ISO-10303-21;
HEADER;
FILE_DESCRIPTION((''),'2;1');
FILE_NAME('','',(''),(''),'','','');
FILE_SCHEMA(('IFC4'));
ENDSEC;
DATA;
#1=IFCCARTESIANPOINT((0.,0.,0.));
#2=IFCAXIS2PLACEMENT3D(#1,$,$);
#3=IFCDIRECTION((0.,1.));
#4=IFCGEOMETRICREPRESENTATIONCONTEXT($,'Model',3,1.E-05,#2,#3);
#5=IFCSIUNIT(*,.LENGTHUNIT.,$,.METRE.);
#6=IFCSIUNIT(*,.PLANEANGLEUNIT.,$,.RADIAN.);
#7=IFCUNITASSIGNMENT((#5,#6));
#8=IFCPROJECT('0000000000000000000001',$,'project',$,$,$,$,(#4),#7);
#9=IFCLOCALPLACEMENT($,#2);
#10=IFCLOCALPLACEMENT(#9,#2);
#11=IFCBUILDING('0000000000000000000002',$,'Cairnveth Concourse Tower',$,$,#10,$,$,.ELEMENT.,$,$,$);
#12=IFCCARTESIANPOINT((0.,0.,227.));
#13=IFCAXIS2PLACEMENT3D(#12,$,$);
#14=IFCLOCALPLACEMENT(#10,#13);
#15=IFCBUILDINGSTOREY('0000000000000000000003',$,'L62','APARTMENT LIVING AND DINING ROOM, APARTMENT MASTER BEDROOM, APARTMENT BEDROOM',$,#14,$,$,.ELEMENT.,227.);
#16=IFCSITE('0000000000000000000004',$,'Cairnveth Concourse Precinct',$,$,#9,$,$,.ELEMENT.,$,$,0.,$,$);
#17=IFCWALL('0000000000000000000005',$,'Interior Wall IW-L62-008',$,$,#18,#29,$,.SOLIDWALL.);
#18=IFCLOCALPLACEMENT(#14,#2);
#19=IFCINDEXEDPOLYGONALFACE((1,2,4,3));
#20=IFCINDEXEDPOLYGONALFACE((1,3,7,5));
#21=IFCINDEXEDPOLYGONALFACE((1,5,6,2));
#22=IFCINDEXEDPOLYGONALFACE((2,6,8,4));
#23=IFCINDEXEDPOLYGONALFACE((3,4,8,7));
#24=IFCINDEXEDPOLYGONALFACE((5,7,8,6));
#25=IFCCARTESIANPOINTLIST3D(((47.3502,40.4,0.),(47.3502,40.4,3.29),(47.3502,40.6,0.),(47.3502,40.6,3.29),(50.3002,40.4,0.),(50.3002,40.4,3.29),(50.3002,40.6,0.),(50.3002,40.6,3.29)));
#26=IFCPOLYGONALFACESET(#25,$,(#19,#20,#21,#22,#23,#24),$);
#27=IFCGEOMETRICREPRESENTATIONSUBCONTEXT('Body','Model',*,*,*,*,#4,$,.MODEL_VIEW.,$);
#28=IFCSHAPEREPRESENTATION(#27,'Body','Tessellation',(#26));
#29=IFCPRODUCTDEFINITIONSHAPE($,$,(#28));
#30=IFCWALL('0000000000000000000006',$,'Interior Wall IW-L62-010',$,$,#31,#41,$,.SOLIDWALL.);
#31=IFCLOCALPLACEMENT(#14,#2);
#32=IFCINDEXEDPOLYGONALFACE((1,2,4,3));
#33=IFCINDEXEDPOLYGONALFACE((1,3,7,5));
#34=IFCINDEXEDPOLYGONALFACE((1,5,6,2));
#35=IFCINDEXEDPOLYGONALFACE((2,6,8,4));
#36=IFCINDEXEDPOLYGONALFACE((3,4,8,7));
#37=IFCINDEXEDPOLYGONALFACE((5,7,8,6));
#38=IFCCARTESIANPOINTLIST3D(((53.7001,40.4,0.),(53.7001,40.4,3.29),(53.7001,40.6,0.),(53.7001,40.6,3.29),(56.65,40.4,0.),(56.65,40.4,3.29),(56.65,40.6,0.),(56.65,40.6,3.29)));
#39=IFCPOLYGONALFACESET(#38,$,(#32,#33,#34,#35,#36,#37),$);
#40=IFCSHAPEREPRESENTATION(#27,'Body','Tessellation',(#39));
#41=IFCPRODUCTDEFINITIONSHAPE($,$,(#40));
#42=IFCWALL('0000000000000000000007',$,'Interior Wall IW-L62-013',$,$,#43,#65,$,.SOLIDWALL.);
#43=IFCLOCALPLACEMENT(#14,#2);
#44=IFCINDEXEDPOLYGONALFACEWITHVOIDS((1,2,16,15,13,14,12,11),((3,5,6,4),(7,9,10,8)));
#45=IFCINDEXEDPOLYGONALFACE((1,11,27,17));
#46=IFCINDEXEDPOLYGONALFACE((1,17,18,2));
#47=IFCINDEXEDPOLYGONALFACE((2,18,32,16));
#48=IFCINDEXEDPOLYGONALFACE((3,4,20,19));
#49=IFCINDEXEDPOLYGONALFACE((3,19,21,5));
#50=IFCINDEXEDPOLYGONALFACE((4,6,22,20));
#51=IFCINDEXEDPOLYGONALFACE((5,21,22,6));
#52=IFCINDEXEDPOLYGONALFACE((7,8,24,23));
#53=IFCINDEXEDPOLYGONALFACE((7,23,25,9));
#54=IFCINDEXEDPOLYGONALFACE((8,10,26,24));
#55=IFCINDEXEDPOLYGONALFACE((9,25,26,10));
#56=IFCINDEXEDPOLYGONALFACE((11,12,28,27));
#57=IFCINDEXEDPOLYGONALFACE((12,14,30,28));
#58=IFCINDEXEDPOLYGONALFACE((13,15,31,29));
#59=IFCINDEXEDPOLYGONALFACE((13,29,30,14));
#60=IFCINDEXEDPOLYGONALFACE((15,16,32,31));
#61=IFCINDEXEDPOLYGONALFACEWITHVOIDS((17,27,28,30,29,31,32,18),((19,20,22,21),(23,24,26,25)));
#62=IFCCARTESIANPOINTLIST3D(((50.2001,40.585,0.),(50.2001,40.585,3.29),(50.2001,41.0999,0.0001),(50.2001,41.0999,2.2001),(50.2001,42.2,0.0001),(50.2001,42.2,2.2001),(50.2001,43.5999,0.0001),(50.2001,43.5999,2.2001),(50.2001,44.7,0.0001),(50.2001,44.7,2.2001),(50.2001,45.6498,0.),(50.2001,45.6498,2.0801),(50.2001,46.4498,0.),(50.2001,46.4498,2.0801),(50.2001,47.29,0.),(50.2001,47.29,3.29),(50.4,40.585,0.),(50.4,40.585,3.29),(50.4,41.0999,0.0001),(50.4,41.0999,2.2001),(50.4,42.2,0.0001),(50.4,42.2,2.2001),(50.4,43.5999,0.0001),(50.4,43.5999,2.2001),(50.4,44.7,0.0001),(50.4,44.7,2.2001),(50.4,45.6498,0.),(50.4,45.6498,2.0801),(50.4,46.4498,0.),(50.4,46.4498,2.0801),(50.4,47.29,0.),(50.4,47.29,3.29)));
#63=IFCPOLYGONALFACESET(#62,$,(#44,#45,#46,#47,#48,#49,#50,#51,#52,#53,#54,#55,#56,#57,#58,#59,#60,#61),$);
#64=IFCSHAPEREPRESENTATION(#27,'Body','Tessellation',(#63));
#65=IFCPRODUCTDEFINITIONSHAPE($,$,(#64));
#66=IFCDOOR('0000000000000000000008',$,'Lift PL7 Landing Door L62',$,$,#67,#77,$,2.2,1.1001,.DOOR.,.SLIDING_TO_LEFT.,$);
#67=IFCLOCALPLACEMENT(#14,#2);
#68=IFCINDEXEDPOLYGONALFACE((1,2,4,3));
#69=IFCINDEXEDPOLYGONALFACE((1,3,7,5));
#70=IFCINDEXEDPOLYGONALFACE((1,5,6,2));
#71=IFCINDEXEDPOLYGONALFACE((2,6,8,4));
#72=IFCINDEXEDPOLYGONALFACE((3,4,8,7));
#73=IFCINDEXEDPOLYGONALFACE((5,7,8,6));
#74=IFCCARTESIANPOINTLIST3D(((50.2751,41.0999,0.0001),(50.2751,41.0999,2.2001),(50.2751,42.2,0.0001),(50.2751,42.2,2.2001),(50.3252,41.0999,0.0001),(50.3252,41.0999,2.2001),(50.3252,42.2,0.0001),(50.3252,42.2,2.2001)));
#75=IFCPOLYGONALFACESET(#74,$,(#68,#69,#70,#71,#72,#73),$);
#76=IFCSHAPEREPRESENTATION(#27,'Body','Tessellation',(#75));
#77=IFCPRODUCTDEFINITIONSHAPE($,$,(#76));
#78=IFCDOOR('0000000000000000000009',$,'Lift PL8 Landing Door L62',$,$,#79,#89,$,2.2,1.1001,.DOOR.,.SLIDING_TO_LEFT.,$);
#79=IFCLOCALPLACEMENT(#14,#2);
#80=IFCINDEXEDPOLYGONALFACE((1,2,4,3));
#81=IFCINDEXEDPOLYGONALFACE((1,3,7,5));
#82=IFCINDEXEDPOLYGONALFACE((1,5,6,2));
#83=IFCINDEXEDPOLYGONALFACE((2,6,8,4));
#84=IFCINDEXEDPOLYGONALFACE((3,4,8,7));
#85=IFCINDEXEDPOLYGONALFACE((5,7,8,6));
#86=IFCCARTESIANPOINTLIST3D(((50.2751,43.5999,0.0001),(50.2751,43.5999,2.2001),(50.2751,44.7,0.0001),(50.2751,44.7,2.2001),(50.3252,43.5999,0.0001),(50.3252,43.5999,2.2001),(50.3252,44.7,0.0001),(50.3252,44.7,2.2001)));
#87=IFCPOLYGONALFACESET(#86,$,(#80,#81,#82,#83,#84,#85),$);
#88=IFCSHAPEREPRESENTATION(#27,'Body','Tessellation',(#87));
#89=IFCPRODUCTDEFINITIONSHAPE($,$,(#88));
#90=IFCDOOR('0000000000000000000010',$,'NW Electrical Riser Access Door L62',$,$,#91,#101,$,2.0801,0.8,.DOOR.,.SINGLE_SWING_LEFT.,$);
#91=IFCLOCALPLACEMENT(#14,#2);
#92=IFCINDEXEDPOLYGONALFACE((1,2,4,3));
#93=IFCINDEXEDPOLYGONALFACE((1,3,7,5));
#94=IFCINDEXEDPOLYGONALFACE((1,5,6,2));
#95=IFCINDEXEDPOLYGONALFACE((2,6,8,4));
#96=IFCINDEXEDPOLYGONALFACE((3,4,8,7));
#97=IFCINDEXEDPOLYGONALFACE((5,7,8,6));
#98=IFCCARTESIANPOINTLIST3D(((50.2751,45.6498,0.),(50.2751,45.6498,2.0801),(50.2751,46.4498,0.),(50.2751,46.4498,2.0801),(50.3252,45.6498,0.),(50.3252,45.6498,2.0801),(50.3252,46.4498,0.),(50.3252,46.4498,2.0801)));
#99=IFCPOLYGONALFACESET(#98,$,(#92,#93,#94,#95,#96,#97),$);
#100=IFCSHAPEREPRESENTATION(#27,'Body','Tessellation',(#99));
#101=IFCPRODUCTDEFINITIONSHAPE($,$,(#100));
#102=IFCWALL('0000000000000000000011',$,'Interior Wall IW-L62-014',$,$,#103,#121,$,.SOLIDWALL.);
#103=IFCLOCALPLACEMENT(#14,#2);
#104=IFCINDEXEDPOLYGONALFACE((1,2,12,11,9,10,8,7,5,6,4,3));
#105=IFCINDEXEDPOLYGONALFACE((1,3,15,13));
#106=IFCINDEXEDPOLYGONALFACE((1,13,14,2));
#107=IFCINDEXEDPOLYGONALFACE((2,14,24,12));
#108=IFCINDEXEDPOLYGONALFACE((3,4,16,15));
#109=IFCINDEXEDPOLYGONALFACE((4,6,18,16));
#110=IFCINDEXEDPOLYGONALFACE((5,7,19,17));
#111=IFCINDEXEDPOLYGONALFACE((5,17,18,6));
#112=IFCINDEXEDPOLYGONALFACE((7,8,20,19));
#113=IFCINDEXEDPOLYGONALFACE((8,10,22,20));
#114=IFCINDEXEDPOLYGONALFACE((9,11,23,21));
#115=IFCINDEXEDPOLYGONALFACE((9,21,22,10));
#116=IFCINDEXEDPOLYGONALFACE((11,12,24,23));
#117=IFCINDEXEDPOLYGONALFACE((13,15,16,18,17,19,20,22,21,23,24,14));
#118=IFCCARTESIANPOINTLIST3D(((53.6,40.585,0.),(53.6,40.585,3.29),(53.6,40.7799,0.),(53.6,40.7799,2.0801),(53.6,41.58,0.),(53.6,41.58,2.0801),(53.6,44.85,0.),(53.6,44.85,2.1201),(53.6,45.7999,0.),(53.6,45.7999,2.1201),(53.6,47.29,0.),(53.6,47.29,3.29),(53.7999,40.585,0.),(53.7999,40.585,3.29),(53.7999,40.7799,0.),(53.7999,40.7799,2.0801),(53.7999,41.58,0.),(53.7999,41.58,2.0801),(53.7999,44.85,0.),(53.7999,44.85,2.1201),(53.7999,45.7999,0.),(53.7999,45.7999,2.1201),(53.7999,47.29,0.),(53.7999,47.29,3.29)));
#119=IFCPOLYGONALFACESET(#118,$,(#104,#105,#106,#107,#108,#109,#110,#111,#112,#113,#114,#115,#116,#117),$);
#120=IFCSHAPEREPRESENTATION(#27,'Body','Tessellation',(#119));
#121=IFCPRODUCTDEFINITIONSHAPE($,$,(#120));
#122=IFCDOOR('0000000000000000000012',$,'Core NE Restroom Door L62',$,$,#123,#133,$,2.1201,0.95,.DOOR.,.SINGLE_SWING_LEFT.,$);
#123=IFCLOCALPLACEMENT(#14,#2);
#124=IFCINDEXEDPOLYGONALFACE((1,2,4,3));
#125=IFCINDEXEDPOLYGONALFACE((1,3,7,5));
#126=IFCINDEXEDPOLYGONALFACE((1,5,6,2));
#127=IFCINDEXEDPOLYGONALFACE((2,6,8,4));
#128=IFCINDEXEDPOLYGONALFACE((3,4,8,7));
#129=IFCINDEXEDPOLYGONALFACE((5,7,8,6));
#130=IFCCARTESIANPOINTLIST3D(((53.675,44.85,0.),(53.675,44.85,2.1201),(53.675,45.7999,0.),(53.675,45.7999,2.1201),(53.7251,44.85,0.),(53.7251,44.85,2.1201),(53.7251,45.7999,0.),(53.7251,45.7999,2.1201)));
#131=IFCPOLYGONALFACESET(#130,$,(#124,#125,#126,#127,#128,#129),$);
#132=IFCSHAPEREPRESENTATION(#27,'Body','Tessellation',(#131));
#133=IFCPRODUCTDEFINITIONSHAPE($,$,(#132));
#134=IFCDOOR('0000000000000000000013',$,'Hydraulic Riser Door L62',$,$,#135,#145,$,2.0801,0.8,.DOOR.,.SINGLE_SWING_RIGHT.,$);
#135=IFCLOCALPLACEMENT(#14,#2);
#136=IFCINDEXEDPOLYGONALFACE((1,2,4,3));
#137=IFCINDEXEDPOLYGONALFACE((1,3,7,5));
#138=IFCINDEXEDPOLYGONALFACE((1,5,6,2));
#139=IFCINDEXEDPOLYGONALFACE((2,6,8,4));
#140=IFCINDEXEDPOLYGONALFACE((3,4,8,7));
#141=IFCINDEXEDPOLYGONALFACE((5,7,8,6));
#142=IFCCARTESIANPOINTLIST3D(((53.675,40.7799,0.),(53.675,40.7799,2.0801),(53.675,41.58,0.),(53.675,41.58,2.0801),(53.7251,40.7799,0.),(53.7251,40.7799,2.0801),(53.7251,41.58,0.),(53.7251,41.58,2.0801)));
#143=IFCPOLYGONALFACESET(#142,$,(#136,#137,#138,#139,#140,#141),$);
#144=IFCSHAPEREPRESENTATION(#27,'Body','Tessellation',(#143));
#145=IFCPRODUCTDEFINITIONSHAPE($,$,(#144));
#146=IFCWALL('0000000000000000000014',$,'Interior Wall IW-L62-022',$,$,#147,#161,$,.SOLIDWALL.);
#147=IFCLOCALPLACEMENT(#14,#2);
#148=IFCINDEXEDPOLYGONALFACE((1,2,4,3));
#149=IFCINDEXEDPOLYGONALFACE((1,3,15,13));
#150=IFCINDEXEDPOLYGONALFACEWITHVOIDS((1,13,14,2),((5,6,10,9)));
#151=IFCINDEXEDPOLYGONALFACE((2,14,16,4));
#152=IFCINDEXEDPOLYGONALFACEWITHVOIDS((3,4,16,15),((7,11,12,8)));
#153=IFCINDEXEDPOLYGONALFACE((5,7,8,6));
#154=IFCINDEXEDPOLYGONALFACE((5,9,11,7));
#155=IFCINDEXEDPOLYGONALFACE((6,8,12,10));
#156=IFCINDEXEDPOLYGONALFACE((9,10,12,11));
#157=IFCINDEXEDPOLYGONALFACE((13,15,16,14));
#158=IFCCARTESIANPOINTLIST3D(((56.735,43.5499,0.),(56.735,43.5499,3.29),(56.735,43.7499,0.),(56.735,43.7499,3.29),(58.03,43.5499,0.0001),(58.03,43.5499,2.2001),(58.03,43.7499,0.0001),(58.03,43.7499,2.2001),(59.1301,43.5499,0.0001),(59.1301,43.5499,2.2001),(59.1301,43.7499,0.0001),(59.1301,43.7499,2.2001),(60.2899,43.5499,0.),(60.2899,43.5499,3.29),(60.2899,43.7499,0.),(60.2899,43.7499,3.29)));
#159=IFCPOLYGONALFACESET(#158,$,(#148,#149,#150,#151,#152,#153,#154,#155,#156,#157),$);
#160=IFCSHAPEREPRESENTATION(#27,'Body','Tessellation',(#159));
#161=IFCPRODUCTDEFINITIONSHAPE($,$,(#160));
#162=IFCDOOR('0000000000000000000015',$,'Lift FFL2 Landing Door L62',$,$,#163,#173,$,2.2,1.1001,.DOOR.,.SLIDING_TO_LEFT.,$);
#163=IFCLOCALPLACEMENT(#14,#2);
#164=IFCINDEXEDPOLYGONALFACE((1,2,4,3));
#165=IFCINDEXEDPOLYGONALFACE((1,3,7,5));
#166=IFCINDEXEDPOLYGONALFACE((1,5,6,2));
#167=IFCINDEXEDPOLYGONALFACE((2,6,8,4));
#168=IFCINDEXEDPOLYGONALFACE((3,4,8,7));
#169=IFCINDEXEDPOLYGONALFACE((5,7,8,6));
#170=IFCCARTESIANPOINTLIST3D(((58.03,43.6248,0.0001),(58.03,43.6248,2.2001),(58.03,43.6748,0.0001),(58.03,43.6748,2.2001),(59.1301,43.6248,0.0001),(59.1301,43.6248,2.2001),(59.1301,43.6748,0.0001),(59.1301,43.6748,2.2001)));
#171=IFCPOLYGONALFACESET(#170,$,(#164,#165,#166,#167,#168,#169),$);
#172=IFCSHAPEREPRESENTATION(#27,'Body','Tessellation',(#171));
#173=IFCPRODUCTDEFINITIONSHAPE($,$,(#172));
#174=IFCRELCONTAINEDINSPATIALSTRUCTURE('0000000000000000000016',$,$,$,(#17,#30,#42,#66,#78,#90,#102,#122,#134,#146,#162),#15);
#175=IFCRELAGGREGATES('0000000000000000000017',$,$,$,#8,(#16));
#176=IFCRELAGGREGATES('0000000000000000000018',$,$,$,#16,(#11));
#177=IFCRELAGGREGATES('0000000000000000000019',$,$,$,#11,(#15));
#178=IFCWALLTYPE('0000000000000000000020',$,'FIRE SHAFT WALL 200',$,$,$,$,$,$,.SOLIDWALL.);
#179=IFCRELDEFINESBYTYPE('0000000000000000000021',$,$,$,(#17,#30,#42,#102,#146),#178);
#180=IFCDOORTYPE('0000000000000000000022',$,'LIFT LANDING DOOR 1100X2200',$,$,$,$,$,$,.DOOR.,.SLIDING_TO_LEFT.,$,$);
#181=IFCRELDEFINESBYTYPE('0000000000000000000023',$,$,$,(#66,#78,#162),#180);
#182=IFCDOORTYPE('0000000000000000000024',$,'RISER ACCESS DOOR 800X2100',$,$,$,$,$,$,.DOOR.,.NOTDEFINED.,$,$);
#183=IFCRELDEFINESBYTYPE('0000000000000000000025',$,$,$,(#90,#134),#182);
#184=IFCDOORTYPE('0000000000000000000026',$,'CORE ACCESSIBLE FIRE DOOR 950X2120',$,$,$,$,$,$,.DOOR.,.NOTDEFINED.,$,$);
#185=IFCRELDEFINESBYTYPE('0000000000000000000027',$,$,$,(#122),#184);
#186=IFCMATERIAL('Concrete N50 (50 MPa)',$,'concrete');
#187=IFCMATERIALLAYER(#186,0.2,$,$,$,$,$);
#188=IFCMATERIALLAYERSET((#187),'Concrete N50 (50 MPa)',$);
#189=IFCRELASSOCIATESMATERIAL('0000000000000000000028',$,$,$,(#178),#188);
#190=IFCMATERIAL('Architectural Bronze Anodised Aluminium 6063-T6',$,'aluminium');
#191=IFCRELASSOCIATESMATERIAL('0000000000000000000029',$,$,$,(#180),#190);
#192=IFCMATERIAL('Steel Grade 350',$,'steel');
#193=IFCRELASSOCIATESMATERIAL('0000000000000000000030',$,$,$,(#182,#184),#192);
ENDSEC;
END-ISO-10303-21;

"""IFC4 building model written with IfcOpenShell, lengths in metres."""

from ifc_helpers import new_model, si_unit, direction, frame, frame_2d, origin, place, context, subcontext, project, spatial, rectangle, extrude, material, layer, layer_set, type_object, element, fill, save


model = new_model("IFC4")

# Units and contexts
model_context = context("Model", 3, precision=1e-05, world=origin(), true_north=direction((0.0, 1.0)))
body_context = subcontext(model_context, "Body", "Model", "MODEL_VIEW")
ifc_project = project(units=[si_unit("LENGTHUNIT", "METRE"), si_unit("PLANEANGLEUNIT", "RADIAN")], contexts=[model_context])

# Site, building, storey
site_placement = place(None, origin())
site = spatial("IfcSite", under=ifc_project, at=site_placement, Name="Cairnveth Concourse Precinct", CompositionType="ELEMENT", RefElevation=0.0)
building_placement = place(site_placement, origin())
building = spatial("IfcBuilding", under=site, at=building_placement, Name="Cairnveth Concourse Tower", CompositionType="ELEMENT")
storey_placement = place(building_placement, frame((0.0, 0.0, 227.0)))
storey = spatial("IfcBuildingStorey", under=building, at=storey_placement, Name="L62", Description="APARTMENT LIVING AND DINING ROOM, APARTMENT MASTER BEDROOM, APARTMENT BEDROOM", CompositionType="ELEMENT", Elevation=227.0)

# Shared definitions
ifc_material_1 = material(Name="Steel Grade 350", Category="steel")

# Walls
ifc_material_2 = material(Name="Concrete N50 (50 MPa)", Category="concrete")
ifc_layer_1 = layer(ifc_material_2, 0.2)
ifc_layer_set_1 = layer_set([ifc_layer_1], Name="Concrete N50 (50 MPa)")
wall_type_1 = type_object("IfcWallType", Name="FIRE SHAFT WALL 200", PredefinedType="SOLIDWALL", material=ifc_layer_set_1)
for number, where, z_axis, x_axis, name in (
    (1, (47.3501, 40.5, 0.0), (0.0, 0.0, 1.0), (1.0, 0.0, 0.0), "Interior Wall IW-L62-008"),
    (2, (53.7, 40.5, 0.0), (0.0, 0.0, 1.0), (1.0, 0.0, 0.0), "Interior Wall IW-L62-010"),
):
    element("IfcWall", number, at=place(storey_placement, frame(where, z_axis=z_axis, x_axis=x_axis)), inside=storey, type_object=wall_type_1, Name=name, PredefinedType="SOLIDWALL", context=body_context, shape_type="SweptSolid", body=[
        extrude(rectangle(XDim=2.95, YDim=0.2, at=frame_2d((1.4751, 0.0))), origin(), (0.0, 0.0, 1.0), 3.29),
    ])

# Walls, openings, doors
wall_1_placement = place(storey_placement, frame((50.3, 40.585, 0.0), z_axis=(0.0, 0.0, 1.0), x_axis=(0.0, 1.0, 0.0)))
wall_1 = element("IfcWall", 3, at=wall_1_placement, inside=storey, type_object=wall_type_1, Name="Interior Wall IW-L62-013", PredefinedType="SOLIDWALL", context=body_context, shape_type="SweptSolid", body=[
    extrude(rectangle(XDim=6.7051, YDim=0.2, at=frame_2d((3.3525, 0.0))), origin(), (0.0, 0.0, 1.0), 3.29),
])
opening_1_placement = place(wall_1_placement, frame((0.5149, 0.0, 0.0)))
opening_1 = element("IfcOpeningElement", 4, at=opening_1_placement, cuts=wall_1, PredefinedType="OPENING", context=body_context, shape_type="SweptSolid", body=[
    extrude(rectangle(XDim=1.1001, YDim=2.2, at=frame_2d((0.55, 1.1001))), frame((0.0, 0.1099, 0.0), z_axis=(0.0, -1.0, 0.0), x_axis=(1.0, 0.0, 0.0)), (0.0, 0.0, 1.0), 0.22),
])
opening_2_placement = place(wall_1_placement, frame((3.0149, 0.0, 0.0)))
opening_2 = element("IfcOpeningElement", 5, at=opening_2_placement, cuts=wall_1, PredefinedType="OPENING", context=body_context, shape_type="SweptSolid", body=[
    extrude(rectangle(XDim=1.1001, YDim=2.2, at=frame_2d((0.55, 1.1001))), frame((0.0, 0.1099, 0.0), z_axis=(0.0, -1.0, 0.0), x_axis=(1.0, 0.0, 0.0)), (0.0, 0.0, 1.0), 0.22),
])
opening_3_placement = place(wall_1_placement, frame((5.0649, 0.0, 0.0)))
opening_3 = element("IfcOpeningElement", 6, at=opening_3_placement, cuts=wall_1, PredefinedType="OPENING", context=body_context, shape_type="SweptSolid", body=[
    extrude(rectangle(XDim=0.8, YDim=2.0801, at=frame_2d((0.3999, 1.04))), frame((0.0, 0.1099, 0.0), z_axis=(0.0, -1.0, 0.0), x_axis=(1.0, 0.0, 0.0)), (0.0, 0.0, 1.0), 0.22),
])
ifc_material_3 = material(Name="Architectural Bronze Anodised Aluminium 6063-T6", Category="aluminium")
door_type_1 = type_object("IfcDoorType", Name="LIFT LANDING DOOR 1100X2200", OperationType="SLIDING_TO_LEFT", PredefinedType="DOOR", material=ifc_material_3)
door_1_placement = place(opening_1_placement, origin())
door_1 = element("IfcDoor", 7, at=door_1_placement, inside=storey, type_object=door_type_1, Name="Lift PL7 Landing Door L62", OperationType="SLIDING_TO_LEFT", OverallHeight=2.2, OverallWidth=1.1001, PredefinedType="DOOR", context=body_context, shape_type="SweptSolid", body=[
    extrude(rectangle(XDim=1.1001, YDim=2.2, at=frame_2d((0.55, 1.1001))), frame((0.0, 0.0249, 0.0), z_axis=(0.0, -1.0, 0.0), x_axis=(1.0, 0.0, 0.0)), (0.0, 0.0, 1.0), 0.05),
])
fill(opening_1, door_1)
door_2_placement = place(opening_2_placement, origin())
door_2 = element("IfcDoor", 8, at=door_2_placement, inside=storey, type_object=door_type_1, Name="Lift PL8 Landing Door L62", OperationType="SLIDING_TO_LEFT", OverallHeight=2.2, OverallWidth=1.1001, PredefinedType="DOOR", context=body_context, shape_type="SweptSolid", body=[
    extrude(rectangle(XDim=1.1001, YDim=2.2, at=frame_2d((0.55, 1.1001))), frame((0.0, 0.0249, 0.0), z_axis=(0.0, -1.0, 0.0), x_axis=(1.0, 0.0, 0.0)), (0.0, 0.0, 1.0), 0.05),
])
fill(opening_2, door_2)
door_type_2 = type_object("IfcDoorType", Name="RISER ACCESS DOOR 800X2100", OperationType="NOTDEFINED", PredefinedType="DOOR", material=ifc_material_1)
door_3_placement = place(opening_3_placement, origin())
door_3 = element("IfcDoor", 9, at=door_3_placement, inside=storey, type_object=door_type_2, Name="NW Electrical Riser Access Door L62", OperationType="SINGLE_SWING_LEFT", OverallHeight=2.0801, OverallWidth=0.8, PredefinedType="DOOR", context=body_context, shape_type="SweptSolid", body=[
    extrude(rectangle(XDim=0.8, YDim=2.0801, at=frame_2d((0.3999, 1.04))), frame((0.0, 0.0249, 0.0), z_axis=(0.0, -1.0, 0.0), x_axis=(1.0, 0.0, 0.0)), (0.0, 0.0, 1.0), 0.05),
])
fill(opening_3, door_3)
wall_2_placement = place(storey_placement, frame((53.7, 40.585, 0.0), z_axis=(0.0, 0.0, 1.0), x_axis=(0.0, 1.0, 0.0)))
wall_2 = element("IfcWall", 10, at=wall_2_placement, inside=storey, type_object=wall_type_1, Name="Interior Wall IW-L62-014", PredefinedType="SOLIDWALL", context=body_context, shape_type="SweptSolid", body=[
    extrude(rectangle(XDim=6.7051, YDim=0.2, at=frame_2d((3.3525, 0.0))), origin(), (0.0, 0.0, 1.0), 3.29),
])
opening_4_placement = place(wall_2_placement, frame((0.1951, 0.0, 0.0)))
opening_4 = element("IfcOpeningElement", 11, at=opening_4_placement, cuts=wall_2, PredefinedType="OPENING", context=body_context, shape_type="SweptSolid", body=[
    extrude(rectangle(XDim=0.8, YDim=2.0801, at=frame_2d((0.3999, 1.04))), frame((0.0, 0.1099, 0.0), z_axis=(0.0, -1.0, 0.0), x_axis=(1.0, 0.0, 0.0)), (0.0, 0.0, 1.0), 0.22),
])
opening_5_placement = place(wall_2_placement, frame((4.2649, 0.0, 0.0)))
opening_5 = element("IfcOpeningElement", 12, at=opening_5_placement, cuts=wall_2, PredefinedType="OPENING", context=body_context, shape_type="SweptSolid", body=[
    extrude(rectangle(XDim=0.95, YDim=2.1201, at=frame_2d((0.4751, 1.0601))), frame((0.0, 0.1099, 0.0), z_axis=(0.0, -1.0, 0.0), x_axis=(1.0, 0.0, 0.0)), (0.0, 0.0, 1.0), 0.22),
])
door_type_3 = type_object("IfcDoorType", Name="CORE ACCESSIBLE FIRE DOOR 950X2120", OperationType="NOTDEFINED", PredefinedType="DOOR", material=ifc_material_1)
door_4_placement = place(opening_5_placement, origin())
door_4 = element("IfcDoor", 13, at=door_4_placement, inside=storey, type_object=door_type_3, Name="Core NE Restroom Door L62", OperationType="SINGLE_SWING_LEFT", OverallHeight=2.1201, OverallWidth=0.95, PredefinedType="DOOR", context=body_context, shape_type="SweptSolid", body=[
    extrude(rectangle(XDim=0.95, YDim=2.1201, at=frame_2d((0.4751, 1.0601))), frame((0.0, 0.0249, 0.0), z_axis=(0.0, -1.0, 0.0), x_axis=(1.0, 0.0, 0.0)), (0.0, 0.0, 1.0), 0.05),
])
fill(opening_5, door_4)
door_5_placement = place(opening_4_placement, origin())
door_5 = element("IfcDoor", 14, at=door_5_placement, inside=storey, type_object=door_type_2, Name="Hydraulic Riser Door L62", OperationType="SINGLE_SWING_RIGHT", OverallHeight=2.0801, OverallWidth=0.8, PredefinedType="DOOR", context=body_context, shape_type="SweptSolid", body=[
    extrude(rectangle(XDim=0.8, YDim=2.0801, at=frame_2d((0.3999, 1.04))), frame((0.0, 0.0249, 0.0), z_axis=(0.0, -1.0, 0.0), x_axis=(1.0, 0.0, 0.0)), (0.0, 0.0, 1.0), 0.05),
])
fill(opening_4, door_5)

# Wall, opening, door
wall_3_placement = place(storey_placement, frame((56.7351, 43.6499, 0.0), z_axis=(0.0, 0.0, 1.0), x_axis=(1.0, 0.0, 0.0)))
wall_3 = element("IfcWall", 15, at=wall_3_placement, inside=storey, type_object=wall_type_1, Name="Interior Wall IW-L62-022", PredefinedType="SOLIDWALL", context=body_context, shape_type="SweptSolid", body=[
    extrude(rectangle(XDim=3.5549, YDim=0.2, at=frame_2d((1.7773, 0.0))), origin(), (0.0, 0.0, 1.0), 3.29),
])
opening_6_placement = place(wall_3_placement, frame((1.2949, 0.0, 0.0)))
opening_6 = element("IfcOpeningElement", 16, at=opening_6_placement, cuts=wall_3, PredefinedType="OPENING", context=body_context, shape_type="SweptSolid", body=[
    extrude(rectangle(XDim=1.1001, YDim=2.2, at=frame_2d((0.55, 1.1001))), frame((0.0, 0.1099, 0.0), z_axis=(0.0, -1.0, 0.0), x_axis=(1.0, 0.0, 0.0)), (0.0, 0.0, 1.0), 0.22),
])
door_6_placement = place(opening_6_placement, origin())
door_6 = element("IfcDoor", 17, at=door_6_placement, inside=storey, type_object=door_type_1, Name="Lift FFL2 Landing Door L62", OperationType="SLIDING_TO_LEFT", OverallHeight=2.2, OverallWidth=1.1001, PredefinedType="DOOR", context=body_context, shape_type="SweptSolid", body=[
    extrude(rectangle(XDim=1.1001, YDim=2.2, at=frame_2d((0.55, 1.1001))), frame((0.0, 0.0249, 0.0), z_axis=(0.0, -1.0, 0.0), x_axis=(1.0, 0.0, 0.0)), (0.0, 0.0, 1.0), 0.05),
])
fill(opening_6, door_6)

save(model, "model.ifc")
